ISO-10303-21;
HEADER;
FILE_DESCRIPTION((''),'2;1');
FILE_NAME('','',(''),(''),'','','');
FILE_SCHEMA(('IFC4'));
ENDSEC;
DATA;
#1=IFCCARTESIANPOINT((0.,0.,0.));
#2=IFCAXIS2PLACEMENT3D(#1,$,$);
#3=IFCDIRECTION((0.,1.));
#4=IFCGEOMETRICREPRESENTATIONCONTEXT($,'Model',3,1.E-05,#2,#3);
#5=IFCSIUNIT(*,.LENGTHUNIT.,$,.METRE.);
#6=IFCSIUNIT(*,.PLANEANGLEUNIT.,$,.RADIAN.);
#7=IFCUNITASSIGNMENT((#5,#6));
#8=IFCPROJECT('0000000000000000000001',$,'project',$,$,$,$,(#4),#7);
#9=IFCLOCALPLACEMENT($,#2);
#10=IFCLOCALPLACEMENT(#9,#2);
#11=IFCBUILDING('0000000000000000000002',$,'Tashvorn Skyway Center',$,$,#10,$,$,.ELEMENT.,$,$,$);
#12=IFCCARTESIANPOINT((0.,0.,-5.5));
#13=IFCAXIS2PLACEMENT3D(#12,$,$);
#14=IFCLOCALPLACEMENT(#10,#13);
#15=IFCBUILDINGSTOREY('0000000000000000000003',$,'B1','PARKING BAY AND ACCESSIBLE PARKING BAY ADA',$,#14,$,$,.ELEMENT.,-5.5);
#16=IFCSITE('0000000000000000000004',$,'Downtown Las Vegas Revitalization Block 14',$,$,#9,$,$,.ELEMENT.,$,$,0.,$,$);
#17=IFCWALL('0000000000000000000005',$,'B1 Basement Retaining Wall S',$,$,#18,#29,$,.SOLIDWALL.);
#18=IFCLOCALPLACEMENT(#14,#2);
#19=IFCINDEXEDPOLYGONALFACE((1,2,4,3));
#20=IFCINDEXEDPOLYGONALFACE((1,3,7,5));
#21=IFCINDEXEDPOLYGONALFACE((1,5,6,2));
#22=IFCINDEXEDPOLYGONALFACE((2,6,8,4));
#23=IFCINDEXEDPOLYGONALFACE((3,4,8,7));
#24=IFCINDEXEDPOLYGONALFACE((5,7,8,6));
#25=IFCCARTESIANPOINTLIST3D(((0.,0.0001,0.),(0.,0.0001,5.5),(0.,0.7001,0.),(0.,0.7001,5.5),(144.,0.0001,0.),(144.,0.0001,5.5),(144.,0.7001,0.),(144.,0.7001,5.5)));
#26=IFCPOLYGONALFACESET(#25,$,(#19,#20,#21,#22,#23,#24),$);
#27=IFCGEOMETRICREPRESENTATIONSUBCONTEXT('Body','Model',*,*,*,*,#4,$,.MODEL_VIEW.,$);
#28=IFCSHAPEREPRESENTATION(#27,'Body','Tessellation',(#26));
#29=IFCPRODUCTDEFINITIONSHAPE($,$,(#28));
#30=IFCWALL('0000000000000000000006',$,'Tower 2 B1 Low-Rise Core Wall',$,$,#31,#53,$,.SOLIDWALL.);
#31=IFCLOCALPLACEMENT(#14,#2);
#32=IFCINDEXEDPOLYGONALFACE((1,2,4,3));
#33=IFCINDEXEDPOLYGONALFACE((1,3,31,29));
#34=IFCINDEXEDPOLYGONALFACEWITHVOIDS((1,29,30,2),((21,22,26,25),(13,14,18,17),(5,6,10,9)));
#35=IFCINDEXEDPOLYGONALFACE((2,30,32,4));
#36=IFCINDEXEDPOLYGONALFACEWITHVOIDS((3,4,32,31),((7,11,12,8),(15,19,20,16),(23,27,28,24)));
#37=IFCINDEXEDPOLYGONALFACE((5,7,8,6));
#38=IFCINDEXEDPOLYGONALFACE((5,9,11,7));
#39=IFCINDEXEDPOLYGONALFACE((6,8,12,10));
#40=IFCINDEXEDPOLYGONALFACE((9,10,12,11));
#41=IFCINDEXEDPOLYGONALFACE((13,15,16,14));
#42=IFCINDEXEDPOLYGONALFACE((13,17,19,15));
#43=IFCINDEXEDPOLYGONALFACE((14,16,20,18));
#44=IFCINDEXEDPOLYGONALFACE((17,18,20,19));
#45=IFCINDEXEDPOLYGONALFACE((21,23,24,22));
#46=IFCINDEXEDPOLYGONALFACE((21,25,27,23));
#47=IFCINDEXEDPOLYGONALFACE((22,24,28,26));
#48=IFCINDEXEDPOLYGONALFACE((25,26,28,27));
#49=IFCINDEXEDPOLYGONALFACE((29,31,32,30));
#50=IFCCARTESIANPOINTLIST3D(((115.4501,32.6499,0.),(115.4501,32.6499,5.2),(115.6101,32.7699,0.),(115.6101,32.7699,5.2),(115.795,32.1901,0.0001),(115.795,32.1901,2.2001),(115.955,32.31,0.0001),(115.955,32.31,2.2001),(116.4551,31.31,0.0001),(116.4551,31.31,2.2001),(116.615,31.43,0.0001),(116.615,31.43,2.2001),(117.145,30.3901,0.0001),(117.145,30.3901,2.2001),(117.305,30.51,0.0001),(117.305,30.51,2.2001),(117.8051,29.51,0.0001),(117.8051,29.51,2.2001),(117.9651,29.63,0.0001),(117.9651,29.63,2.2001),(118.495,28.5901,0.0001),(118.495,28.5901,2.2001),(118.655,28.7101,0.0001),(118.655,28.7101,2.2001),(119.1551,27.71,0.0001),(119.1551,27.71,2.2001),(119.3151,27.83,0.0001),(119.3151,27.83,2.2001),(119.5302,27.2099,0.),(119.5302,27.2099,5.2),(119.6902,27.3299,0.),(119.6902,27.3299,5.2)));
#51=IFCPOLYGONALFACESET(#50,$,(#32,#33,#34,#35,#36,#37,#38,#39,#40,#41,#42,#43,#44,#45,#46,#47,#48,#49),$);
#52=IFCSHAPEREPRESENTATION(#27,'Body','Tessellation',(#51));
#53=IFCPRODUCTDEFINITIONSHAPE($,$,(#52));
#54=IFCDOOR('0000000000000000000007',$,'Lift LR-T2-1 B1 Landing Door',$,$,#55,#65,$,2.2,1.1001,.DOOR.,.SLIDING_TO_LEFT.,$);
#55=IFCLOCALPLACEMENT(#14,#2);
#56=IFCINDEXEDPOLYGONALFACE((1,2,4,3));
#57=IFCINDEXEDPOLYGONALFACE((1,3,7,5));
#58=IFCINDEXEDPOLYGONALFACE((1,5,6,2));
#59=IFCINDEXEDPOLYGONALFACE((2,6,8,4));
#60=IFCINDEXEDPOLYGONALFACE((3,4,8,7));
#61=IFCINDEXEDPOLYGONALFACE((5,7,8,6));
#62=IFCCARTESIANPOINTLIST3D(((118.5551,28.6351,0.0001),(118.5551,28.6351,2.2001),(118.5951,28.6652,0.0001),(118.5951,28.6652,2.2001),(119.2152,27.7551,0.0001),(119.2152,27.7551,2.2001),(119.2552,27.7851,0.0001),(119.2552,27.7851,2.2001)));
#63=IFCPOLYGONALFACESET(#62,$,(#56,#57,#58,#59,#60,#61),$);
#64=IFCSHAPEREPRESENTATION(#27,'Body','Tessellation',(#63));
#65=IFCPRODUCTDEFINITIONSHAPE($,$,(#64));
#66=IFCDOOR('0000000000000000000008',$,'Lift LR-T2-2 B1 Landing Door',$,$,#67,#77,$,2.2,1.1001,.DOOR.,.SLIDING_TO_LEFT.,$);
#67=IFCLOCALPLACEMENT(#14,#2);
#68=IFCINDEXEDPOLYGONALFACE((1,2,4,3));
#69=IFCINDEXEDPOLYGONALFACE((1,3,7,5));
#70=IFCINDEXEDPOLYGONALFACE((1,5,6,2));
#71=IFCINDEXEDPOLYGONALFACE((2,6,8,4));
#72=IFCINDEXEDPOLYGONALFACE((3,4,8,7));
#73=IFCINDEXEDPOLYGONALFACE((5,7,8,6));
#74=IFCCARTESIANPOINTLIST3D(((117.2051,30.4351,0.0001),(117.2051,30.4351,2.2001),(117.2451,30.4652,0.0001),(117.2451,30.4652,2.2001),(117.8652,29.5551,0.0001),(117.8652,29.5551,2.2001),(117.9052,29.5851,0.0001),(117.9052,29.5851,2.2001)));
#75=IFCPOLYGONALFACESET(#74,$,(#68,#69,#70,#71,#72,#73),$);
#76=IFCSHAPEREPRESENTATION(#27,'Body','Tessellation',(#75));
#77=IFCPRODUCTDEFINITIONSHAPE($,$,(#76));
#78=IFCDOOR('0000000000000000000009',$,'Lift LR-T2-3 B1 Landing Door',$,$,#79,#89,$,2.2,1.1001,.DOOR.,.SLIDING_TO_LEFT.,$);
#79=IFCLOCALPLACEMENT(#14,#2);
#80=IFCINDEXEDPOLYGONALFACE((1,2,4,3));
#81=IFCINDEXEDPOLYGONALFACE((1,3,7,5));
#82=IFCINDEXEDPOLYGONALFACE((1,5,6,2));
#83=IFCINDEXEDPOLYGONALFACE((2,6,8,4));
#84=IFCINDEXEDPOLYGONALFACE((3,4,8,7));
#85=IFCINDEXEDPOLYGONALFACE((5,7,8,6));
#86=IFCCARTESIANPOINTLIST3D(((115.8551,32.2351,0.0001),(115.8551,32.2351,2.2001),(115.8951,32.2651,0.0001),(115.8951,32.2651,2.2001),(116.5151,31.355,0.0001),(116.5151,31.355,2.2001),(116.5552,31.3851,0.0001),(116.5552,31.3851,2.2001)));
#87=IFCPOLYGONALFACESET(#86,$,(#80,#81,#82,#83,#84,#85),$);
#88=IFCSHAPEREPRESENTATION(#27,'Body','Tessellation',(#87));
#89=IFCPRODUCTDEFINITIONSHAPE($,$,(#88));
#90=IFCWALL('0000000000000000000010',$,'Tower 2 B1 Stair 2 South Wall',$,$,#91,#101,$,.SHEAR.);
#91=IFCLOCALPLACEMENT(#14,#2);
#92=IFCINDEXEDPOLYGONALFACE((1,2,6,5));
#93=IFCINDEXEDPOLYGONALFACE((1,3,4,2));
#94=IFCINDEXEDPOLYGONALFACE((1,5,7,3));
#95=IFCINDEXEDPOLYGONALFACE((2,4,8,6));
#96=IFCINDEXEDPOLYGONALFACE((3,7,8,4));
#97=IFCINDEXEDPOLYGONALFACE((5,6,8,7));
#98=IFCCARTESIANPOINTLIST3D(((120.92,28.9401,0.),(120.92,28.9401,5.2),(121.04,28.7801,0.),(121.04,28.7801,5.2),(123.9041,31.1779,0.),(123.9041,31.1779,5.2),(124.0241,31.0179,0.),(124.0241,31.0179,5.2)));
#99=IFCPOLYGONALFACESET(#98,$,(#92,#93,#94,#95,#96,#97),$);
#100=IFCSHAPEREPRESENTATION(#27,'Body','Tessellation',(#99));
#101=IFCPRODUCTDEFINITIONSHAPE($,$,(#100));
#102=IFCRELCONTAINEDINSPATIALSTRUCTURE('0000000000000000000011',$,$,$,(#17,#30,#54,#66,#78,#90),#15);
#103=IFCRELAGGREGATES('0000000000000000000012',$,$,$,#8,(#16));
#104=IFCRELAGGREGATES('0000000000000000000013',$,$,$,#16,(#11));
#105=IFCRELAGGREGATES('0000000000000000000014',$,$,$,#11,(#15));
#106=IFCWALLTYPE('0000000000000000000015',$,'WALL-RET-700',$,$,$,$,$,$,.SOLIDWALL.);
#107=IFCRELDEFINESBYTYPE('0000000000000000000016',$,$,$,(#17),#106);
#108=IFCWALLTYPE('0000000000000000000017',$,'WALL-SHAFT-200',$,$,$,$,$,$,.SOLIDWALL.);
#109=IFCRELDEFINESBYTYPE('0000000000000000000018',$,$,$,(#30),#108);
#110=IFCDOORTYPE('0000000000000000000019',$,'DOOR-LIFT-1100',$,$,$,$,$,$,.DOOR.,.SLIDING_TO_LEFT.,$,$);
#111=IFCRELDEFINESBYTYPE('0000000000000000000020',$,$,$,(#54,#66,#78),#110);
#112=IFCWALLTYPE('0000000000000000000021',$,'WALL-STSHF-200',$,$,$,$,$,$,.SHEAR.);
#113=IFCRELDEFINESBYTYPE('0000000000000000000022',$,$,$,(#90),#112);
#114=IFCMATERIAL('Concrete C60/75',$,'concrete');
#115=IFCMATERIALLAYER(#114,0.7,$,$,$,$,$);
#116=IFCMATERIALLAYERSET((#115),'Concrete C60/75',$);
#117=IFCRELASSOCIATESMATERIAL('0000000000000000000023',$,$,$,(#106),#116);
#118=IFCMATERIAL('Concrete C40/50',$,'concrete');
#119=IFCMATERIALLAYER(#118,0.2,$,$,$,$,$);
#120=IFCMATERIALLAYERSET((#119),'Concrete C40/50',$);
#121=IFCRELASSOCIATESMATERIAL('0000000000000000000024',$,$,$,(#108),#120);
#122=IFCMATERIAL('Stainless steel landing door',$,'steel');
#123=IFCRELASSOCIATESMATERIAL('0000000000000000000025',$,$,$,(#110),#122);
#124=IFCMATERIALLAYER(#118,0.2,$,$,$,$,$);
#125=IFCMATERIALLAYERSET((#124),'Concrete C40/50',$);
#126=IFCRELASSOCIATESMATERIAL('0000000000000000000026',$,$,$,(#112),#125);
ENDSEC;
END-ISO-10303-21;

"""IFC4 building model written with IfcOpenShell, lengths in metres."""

from ifc_helpers import new_model, si_unit, direction, frame, frame_2d, origin, place, context, subcontext, project, spatial, rectangle, extrude, material, layer, layer_set, type_object, element, fill, save


model = new_model("IFC4")

# Units and contexts
model_context = context("Model", 3, precision=1e-05, world=origin(), true_north=direction((0.0, 1.0)))
body_context = subcontext(model_context, "Body", "Model", "MODEL_VIEW")
ifc_project = project(units=[si_unit("LENGTHUNIT", "METRE"), si_unit("PLANEANGLEUNIT", "RADIAN")], contexts=[model_context])

# Site, building, storey
site_placement = place(None, origin())
site = spatial("IfcSite", under=ifc_project, at=site_placement, Name="Downtown Las Vegas Revitalization Block 14", CompositionType="ELEMENT", RefElevation=0.0)
building_placement = place(site_placement, origin())
building = spatial("IfcBuilding", under=site, at=building_placement, Name="Tashvorn Skyway Center", CompositionType="ELEMENT")
storey_placement = place(building_placement, frame((0.0, 0.0, -5.5)))
storey = spatial("IfcBuildingStorey", under=building, at=storey_placement, Name="B1", Description="PARKING BAY AND ACCESSIBLE PARKING BAY ADA", CompositionType="ELEMENT", Elevation=-5.5)

# Shared definitions
ifc_material_1 = material(Name="Concrete C60/75", Category="concrete")

# Wall
ifc_layer_1 = layer(ifc_material_1, 0.7)
ifc_layer_set_1 = layer_set([ifc_layer_1], Name="Concrete C60/75")
wall_type_1 = type_object("IfcWallType", Name="WALL-RET-700", PredefinedType="SOLIDWALL", material=ifc_layer_set_1)
wall_1_placement = place(storey_placement, frame((144.0, 0.3501, 0.0), z_axis=(0.0, 0.0, 1.0), x_axis=(-1.0, 0.0, 0.0)))
element("IfcWall", 1, at=wall_1_placement, inside=storey, type_object=wall_type_1, Name="B1 Basement Retaining Wall S", PredefinedType="SOLIDWALL", context=body_context, shape_type="SweptSolid", body=[
    extrude(rectangle(XDim=144.0, YDim=0.7, at=frame_2d((72.0, 0.0))), origin(), (0.0, 0.0, 1.0), 5.5),
])

# Wall, openings, doors
ifc_material_2 = material(Name="Concrete C40/50", Category="concrete")
ifc_layer_2 = layer(ifc_material_2, 0.2)
ifc_layer_set_2 = layer_set([ifc_layer_2], Name="Concrete C40/50")
wall_type_2 = type_object("IfcWallType", Name="WALL-SHAFT-200", PredefinedType="SOLIDWALL", material=ifc_layer_set_2)
wall_2_placement = place(storey_placement, frame((119.6101, 27.27, 0.0), z_axis=(0.0, 0.0, 1.0), x_axis=(-0.600011, 0.799991, 0.0)))
wall_2 = element("IfcWall", 2, at=wall_2_placement, inside=storey, type_object=wall_type_2, Name="Tower 2 B1 Low-Rise Core Wall", PredefinedType="SOLIDWALL", context=body_context, shape_type="SweptSolid", body=[
    extrude(rectangle(XDim=6.8, YDim=0.2, at=frame_2d((3.3999, 0.0))), origin(), (0.0, 0.0, 1.0), 5.2),
])
opening_1_placement = place(wall_2_placement, frame((0.625, 0.0, 0.0)))
opening_1 = element("IfcOpeningElement", 3, at=opening_1_placement, cuts=wall_2, PredefinedType="OPENING", context=body_context, shape_type="SweptSolid", body=[
    extrude(rectangle(XDim=1.1001, YDim=2.2, at=frame_2d((0.55, 1.1001))), frame((0.0, 0.1099, 0.0), z_axis=(0.0, -1.0, 0.0), x_axis=(1.0, 0.0, 0.0)), (0.0, 0.0, 1.0), 0.22),
])
opening_2_placement = place(wall_2_placement, frame((2.875, 0.0, 0.0)))
opening_2 = element("IfcOpeningElement", 4, at=opening_2_placement, cuts=wall_2, PredefinedType="OPENING", context=body_context, shape_type="SweptSolid", body=[
    extrude(rectangle(XDim=1.1001, YDim=2.2, at=frame_2d((0.55, 1.1001))), frame((0.0, 0.1099, 0.0), z_axis=(0.0, -1.0, 0.0), x_axis=(1.0, 0.0, 0.0)), (0.0, 0.0, 1.0), 0.22),
])
opening_3_placement = place(wall_2_placement, frame((5.125, 0.0, 0.0)))
opening_3 = element("IfcOpeningElement", 5, at=opening_3_placement, cuts=wall_2, PredefinedType="OPENING", context=body_context, shape_type="SweptSolid", body=[
    extrude(rectangle(XDim=1.1001, YDim=2.2, at=frame_2d((0.55, 1.1001))), frame((0.0, 0.1099, 0.0), z_axis=(0.0, -1.0, 0.0), x_axis=(1.0, 0.0, 0.0)), (0.0, 0.0, 1.0), 0.22),
])
ifc_material_3 = material(Name="Stainless steel landing door", Category="steel")
door_type_1 = type_object("IfcDoorType", Name="DOOR-LIFT-1100", OperationType="SLIDING_TO_LEFT", PredefinedType="DOOR", material=ifc_material_3)
door_1_placement = place(opening_1_placement, origin())
door_1 = element("IfcDoor", 6, at=door_1_placement, inside=storey, type_object=door_type_1, Name="Lift LR-T2-1 B1 Landing Door", OperationType="SLIDING_TO_LEFT", OverallHeight=2.2, OverallWidth=1.1001, PredefinedType="DOOR", context=body_context, shape_type="SweptSolid", body=[
    extrude(rectangle(XDim=1.1001, YDim=2.2, at=frame_2d((0.55, 1.1001))), frame((0.0, 0.0249, 0.0), z_axis=(0.0, -1.0, 0.0), x_axis=(1.0, 0.0, 0.0)), (0.0, 0.0, 1.0), 0.05),
])
fill(opening_1, door_1)
door_2_placement = place(opening_2_placement, origin())
door_2 = element("IfcDoor", 7, at=door_2_placement, inside=storey, type_object=door_type_1, Name="Lift LR-T2-2 B1 Landing Door", OperationType="SLIDING_TO_LEFT", OverallHeight=2.2, OverallWidth=1.1001, PredefinedType="DOOR", context=body_context, shape_type="SweptSolid", body=[
    extrude(rectangle(XDim=1.1001, YDim=2.2, at=frame_2d((0.55, 1.1001))), frame((0.0, 0.0249, 0.0), z_axis=(0.0, -1.0, 0.0), x_axis=(1.0, 0.0, 0.0)), (0.0, 0.0, 1.0), 0.05),
])
fill(opening_2, door_2)
door_3_placement = place(opening_3_placement, origin())
door_3 = element("IfcDoor", 8, at=door_3_placement, inside=storey, type_object=door_type_1, Name="Lift LR-T2-3 B1 Landing Door", OperationType="SLIDING_TO_LEFT", OverallHeight=2.2, OverallWidth=1.1001, PredefinedType="DOOR", context=body_context, shape_type="SweptSolid", body=[
    extrude(rectangle(XDim=1.1001, YDim=2.2, at=frame_2d((0.55, 1.1001))), frame((0.0, 0.0249, 0.0), z_axis=(0.0, -1.0, 0.0), x_axis=(1.0, 0.0, 0.0)), (0.0, 0.0, 1.0), 0.05),
])
fill(opening_3, door_3)

# Wall
ifc_layer_3 = layer(ifc_material_2, 0.2)
ifc_layer_set_3 = layer_set([ifc_layer_3], Name="Concrete C40/50")
wall_type_3 = type_object("IfcWallType", Name="WALL-STSHF-200", PredefinedType="SHEAR", material=ifc_layer_set_3)
wall_3_placement = place(storey_placement, frame((120.98, 28.8601, 0.0), z_axis=(0.0, 0.0, 1.0), x_axis=(0.800039, 0.599948, 0.0)))
element("IfcWall", 9, at=wall_3_placement, inside=storey, type_object=wall_type_3, Name="Tower 2 B1 Stair 2 South Wall", PredefinedType="SHEAR", context=body_context, shape_type="SweptSolid", body=[
    extrude(rectangle(XDim=3.73, YDim=0.2, at=frame_2d((1.865, 0.0))), origin(), (0.0, 0.0, 1.0), 5.2),
])

save(model, "model.ifc")
